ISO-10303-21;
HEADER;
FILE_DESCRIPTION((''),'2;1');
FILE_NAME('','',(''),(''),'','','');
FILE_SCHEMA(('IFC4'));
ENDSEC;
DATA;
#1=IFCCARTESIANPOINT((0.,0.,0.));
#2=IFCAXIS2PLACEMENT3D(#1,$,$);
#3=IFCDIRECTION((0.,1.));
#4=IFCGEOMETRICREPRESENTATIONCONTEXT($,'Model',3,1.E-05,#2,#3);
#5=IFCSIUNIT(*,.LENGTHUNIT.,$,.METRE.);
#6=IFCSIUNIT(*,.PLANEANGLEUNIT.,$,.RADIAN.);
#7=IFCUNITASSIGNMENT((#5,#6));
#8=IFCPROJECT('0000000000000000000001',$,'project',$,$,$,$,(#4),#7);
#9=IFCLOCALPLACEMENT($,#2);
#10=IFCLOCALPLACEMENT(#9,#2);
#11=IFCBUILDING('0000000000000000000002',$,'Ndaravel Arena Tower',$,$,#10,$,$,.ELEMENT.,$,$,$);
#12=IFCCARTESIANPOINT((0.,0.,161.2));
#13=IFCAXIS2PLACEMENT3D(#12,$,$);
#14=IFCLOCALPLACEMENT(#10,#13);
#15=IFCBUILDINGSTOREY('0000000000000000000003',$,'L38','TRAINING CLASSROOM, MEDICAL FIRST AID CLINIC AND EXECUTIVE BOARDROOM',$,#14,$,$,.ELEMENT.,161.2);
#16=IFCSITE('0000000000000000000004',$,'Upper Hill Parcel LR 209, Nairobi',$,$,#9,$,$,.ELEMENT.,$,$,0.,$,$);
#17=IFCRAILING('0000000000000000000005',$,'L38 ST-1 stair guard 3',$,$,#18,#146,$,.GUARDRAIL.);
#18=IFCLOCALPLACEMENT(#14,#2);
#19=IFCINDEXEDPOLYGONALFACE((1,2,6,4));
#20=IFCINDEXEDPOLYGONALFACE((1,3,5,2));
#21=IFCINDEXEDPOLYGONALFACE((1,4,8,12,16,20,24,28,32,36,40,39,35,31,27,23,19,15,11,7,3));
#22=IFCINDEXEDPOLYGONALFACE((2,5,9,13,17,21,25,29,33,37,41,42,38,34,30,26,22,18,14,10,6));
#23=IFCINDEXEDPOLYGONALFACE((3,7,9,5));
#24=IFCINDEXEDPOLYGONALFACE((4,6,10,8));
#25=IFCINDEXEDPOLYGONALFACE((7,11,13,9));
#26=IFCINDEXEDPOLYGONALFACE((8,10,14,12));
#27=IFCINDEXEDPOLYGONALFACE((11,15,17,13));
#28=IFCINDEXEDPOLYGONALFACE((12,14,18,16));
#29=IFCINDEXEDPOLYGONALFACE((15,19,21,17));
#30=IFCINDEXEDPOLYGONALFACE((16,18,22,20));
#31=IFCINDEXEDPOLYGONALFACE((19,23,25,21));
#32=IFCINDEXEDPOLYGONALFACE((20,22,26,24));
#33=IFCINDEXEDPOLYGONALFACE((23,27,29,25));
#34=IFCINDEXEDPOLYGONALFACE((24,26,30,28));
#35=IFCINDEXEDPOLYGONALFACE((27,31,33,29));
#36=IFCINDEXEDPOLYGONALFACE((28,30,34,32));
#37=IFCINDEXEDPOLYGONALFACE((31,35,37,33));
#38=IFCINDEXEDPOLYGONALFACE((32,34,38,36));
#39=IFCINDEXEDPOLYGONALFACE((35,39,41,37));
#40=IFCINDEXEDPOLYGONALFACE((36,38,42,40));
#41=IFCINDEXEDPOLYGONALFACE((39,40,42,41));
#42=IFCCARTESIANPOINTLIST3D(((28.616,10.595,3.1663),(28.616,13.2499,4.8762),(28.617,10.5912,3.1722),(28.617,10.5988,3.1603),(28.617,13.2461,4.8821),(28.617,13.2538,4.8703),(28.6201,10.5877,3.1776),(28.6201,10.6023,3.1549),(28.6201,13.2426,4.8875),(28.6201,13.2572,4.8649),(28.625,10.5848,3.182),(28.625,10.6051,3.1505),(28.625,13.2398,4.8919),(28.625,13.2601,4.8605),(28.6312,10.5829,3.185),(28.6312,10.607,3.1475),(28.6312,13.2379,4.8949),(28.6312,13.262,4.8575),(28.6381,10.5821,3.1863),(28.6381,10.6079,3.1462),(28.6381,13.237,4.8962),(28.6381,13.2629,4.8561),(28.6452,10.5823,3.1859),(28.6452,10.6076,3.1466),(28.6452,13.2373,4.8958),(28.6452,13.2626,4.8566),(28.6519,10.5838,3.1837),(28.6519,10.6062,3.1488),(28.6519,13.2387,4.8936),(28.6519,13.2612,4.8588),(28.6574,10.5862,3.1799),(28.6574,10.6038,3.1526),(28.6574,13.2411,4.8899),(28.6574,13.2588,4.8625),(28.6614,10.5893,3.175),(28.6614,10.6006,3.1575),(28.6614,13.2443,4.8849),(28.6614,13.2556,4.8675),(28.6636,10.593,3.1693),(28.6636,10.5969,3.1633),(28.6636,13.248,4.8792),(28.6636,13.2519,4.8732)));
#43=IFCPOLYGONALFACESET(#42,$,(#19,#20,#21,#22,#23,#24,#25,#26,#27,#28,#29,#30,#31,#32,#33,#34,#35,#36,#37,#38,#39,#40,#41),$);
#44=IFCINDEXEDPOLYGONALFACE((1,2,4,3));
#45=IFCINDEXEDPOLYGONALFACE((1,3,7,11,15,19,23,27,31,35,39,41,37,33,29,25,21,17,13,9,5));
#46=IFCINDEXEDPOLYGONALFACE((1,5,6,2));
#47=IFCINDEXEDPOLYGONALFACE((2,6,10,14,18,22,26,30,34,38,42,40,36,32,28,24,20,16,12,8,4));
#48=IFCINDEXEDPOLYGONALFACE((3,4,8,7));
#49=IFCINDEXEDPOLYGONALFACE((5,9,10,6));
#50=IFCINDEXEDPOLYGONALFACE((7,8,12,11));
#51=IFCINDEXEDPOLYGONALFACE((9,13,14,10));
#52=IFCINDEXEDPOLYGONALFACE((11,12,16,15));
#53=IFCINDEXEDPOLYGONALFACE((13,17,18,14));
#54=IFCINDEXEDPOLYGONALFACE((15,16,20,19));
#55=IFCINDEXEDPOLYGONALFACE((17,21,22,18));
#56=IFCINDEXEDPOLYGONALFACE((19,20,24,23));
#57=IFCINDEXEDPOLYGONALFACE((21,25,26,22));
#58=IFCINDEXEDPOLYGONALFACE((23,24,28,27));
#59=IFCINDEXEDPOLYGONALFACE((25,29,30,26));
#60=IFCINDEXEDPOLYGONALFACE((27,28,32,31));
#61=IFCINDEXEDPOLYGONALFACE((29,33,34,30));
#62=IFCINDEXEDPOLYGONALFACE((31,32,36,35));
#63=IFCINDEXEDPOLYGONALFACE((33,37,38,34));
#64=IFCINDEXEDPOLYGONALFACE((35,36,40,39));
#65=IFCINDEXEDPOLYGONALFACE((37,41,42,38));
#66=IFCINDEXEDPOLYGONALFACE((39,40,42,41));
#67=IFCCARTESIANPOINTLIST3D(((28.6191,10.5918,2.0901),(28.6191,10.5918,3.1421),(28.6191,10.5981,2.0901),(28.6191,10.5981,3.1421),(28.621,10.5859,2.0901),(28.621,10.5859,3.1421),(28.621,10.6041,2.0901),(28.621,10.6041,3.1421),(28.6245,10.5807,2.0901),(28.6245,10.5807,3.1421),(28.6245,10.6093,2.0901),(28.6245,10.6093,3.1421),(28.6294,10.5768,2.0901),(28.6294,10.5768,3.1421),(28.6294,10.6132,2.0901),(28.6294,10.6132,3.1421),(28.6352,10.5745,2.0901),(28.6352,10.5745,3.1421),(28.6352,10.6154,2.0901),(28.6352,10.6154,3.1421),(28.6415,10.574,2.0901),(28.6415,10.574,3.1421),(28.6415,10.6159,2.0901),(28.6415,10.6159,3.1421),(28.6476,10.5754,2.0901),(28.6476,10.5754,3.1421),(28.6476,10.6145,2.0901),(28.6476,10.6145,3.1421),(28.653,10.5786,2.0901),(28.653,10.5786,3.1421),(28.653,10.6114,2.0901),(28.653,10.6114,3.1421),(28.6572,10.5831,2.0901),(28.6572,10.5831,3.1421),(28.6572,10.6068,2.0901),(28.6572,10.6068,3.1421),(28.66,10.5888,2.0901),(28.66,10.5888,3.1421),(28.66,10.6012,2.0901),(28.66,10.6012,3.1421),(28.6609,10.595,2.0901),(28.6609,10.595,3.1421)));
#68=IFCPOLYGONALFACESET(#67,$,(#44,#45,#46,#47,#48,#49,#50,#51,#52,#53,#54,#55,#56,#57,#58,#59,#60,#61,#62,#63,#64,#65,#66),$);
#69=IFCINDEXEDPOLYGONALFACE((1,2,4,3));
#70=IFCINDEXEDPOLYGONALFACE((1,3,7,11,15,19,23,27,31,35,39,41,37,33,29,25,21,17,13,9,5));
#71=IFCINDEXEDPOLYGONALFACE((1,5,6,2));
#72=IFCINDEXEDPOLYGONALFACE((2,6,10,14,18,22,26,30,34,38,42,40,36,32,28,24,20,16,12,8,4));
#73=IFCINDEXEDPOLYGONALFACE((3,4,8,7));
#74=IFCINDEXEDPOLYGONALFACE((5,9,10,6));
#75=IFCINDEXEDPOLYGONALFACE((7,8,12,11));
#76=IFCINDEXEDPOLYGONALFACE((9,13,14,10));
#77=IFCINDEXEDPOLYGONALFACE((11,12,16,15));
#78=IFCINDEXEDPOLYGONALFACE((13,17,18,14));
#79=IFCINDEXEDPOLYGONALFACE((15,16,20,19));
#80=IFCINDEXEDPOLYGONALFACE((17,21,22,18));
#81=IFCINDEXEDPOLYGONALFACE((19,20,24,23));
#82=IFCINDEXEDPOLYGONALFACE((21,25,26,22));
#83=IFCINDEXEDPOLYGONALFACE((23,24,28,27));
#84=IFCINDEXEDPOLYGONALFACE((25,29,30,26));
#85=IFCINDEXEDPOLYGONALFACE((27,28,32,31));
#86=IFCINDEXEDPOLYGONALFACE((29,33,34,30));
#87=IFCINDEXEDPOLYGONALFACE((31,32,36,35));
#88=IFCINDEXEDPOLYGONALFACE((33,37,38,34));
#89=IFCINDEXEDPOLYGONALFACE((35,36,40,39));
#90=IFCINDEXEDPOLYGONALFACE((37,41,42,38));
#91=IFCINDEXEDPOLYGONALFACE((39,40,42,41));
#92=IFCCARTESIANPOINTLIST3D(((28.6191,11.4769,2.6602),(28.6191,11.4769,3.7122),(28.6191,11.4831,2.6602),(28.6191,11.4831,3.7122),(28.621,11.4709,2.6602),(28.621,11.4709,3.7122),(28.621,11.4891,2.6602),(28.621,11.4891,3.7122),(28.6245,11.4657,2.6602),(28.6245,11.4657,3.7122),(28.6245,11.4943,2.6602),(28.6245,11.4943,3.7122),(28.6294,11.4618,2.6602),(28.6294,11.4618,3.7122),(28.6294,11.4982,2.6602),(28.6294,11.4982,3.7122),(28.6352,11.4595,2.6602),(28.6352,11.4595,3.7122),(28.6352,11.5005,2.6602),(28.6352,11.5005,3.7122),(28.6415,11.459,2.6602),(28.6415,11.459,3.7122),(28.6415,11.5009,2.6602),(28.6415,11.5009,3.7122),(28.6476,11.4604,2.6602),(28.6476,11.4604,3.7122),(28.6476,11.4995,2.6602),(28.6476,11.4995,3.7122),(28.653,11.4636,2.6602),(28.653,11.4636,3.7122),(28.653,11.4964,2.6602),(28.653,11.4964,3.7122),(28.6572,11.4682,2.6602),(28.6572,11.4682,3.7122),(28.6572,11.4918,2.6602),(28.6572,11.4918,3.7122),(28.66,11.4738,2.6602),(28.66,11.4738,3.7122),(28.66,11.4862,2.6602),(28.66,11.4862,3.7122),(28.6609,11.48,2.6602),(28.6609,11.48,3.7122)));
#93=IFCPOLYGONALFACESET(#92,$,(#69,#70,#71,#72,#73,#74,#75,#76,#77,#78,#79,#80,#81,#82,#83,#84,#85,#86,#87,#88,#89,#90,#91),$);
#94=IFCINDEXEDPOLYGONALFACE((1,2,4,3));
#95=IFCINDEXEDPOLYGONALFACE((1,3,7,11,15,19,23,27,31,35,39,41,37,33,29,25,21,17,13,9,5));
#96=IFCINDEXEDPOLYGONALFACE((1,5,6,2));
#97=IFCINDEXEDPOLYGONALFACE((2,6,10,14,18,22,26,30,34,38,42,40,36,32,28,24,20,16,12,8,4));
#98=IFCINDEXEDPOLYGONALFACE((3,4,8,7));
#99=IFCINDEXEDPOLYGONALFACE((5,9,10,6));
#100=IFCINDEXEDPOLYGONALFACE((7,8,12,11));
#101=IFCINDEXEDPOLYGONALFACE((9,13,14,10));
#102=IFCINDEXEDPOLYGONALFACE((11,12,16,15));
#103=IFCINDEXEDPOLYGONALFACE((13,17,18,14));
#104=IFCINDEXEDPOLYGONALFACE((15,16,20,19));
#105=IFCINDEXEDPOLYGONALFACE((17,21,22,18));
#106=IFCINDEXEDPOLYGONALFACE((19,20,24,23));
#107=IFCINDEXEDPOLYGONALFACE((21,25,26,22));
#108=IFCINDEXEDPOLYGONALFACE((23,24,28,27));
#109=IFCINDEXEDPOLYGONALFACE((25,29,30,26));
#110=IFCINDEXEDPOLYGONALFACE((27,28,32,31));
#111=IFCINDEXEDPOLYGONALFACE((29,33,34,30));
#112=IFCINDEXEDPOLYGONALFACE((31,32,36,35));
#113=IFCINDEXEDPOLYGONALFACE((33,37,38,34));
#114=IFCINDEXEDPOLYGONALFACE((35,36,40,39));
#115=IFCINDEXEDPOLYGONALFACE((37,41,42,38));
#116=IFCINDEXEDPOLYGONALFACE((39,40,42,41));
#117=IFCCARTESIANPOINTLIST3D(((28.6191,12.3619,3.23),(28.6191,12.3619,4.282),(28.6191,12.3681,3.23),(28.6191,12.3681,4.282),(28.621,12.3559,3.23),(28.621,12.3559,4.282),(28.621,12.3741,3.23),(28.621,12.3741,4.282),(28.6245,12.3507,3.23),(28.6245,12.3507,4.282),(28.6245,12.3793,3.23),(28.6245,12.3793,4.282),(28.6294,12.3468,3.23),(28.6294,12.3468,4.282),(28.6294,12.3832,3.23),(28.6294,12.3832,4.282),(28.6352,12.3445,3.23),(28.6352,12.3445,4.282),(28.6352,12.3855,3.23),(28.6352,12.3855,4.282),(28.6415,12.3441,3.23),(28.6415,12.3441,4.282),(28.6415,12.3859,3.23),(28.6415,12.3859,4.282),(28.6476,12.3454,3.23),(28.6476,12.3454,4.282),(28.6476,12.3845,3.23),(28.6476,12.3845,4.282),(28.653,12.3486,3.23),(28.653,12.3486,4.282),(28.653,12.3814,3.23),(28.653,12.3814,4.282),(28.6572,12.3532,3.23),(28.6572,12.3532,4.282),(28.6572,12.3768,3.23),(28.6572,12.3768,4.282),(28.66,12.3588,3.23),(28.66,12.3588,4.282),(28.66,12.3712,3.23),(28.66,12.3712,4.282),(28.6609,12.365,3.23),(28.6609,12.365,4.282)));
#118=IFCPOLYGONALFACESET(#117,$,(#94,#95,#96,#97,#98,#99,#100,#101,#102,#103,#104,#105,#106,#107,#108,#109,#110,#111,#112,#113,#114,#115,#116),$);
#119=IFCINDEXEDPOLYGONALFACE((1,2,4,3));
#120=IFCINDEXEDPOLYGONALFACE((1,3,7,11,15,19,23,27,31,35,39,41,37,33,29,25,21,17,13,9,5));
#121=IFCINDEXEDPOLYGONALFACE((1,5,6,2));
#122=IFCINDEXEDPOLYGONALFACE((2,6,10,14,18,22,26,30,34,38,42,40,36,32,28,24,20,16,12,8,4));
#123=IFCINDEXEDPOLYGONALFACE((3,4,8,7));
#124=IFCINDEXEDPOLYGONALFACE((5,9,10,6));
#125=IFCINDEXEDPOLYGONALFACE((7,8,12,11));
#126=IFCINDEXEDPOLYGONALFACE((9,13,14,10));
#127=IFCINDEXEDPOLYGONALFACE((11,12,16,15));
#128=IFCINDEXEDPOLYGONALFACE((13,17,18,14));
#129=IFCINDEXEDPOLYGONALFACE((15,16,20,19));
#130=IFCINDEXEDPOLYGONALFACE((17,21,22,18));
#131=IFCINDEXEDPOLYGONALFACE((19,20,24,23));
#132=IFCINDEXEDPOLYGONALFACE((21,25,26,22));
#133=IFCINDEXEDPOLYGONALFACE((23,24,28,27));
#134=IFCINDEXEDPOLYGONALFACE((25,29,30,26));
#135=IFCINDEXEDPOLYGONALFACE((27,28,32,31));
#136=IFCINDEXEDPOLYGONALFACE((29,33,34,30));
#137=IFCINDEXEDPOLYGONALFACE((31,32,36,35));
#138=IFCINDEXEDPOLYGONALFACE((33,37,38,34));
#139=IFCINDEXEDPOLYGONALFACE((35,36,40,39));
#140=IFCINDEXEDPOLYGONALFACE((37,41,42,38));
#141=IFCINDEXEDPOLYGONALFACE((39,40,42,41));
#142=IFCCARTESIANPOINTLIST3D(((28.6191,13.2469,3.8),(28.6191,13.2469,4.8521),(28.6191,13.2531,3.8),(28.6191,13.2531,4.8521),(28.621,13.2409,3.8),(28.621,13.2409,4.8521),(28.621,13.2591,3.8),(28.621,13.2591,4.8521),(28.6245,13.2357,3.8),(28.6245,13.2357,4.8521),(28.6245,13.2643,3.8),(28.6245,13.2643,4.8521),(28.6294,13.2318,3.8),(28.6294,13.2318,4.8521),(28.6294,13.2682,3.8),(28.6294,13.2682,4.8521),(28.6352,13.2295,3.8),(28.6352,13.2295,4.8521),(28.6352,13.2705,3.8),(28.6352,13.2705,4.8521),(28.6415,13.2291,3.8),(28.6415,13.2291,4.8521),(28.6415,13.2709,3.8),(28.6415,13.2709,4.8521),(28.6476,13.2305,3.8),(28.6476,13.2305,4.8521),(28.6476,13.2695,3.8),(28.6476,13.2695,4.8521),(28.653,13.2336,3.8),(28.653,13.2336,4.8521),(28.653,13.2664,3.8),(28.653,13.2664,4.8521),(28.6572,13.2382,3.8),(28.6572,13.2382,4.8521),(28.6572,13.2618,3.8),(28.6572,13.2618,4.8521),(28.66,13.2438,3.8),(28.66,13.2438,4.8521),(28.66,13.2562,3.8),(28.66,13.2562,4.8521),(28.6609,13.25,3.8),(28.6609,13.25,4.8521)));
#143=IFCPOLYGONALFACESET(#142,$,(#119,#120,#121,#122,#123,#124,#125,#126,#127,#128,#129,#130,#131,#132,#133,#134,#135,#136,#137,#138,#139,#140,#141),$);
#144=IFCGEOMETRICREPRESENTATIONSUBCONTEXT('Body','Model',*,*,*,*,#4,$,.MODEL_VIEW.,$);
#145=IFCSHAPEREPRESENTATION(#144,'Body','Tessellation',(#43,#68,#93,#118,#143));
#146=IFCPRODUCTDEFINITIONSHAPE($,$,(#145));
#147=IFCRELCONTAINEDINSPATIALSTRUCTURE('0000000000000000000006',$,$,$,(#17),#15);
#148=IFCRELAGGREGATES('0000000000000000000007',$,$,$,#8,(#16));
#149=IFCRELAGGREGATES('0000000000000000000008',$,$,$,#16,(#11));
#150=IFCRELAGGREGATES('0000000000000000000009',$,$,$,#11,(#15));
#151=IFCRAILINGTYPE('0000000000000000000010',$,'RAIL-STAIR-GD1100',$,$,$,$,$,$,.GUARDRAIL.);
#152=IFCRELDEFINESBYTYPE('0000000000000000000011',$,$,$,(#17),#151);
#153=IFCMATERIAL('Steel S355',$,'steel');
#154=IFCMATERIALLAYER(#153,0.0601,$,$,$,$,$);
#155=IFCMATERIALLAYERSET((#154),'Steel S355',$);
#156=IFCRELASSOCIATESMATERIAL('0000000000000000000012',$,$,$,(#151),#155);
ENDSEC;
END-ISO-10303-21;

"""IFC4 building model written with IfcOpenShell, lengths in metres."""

from ifc_helpers import new_model, si_unit, direction, frame, origin, origin_2d, place, context, subcontext, project, spatial, circle, extrude, material, layer, layer_set, type_object, element, save


model = new_model("IFC4")

# Units and contexts
model_context = context("Model", 3, precision=1e-05, world=origin(), true_north=direction((0.0, 1.0)))
body_context = subcontext(model_context, "Body", "Model", "MODEL_VIEW")
ifc_project = project(units=[si_unit("LENGTHUNIT", "METRE"), si_unit("PLANEANGLEUNIT", "RADIAN")], contexts=[model_context])

# Site, building, storey
site_placement = place(None, origin())
site = spatial("IfcSite", under=ifc_project, at=site_placement, Name="Upper Hill Parcel LR 209, Nairobi", CompositionType="ELEMENT", RefElevation=0.0)
building_placement = place(site_placement, origin())
building = spatial("IfcBuilding", under=site, at=building_placement, Name="Ndaravel Arena Tower", CompositionType="ELEMENT")
storey_placement = place(building_placement, frame((0.0, 0.0, 161.2)))
storey = spatial("IfcBuildingStorey", under=building, at=storey_placement, Name="L38", Description="TRAINING CLASSROOM, MEDICAL FIRST AID CLINIC AND EXECUTIVE BOARDROOM", CompositionType="ELEMENT", Elevation=161.2)

# Railing
ifc_material_1 = material(Name="Steel S355", Category="steel")
ifc_layer_1 = layer(ifc_material_1, 0.0601)
ifc_layer_set_1 = layer_set([ifc_layer_1], Name="Steel S355")
railing_type_1 = type_object("IfcRailingType", Name="RAIL-STAIR-GD1100", PredefinedType="GUARDRAIL", material=ifc_layer_set_1)
railing_1_placement = place(storey_placement, frame((28.6399, 10.595, 2.0901)))
element("IfcRailing", 1, at=railing_1_placement, inside=storey, type_object=railing_type_1, Name="L38 ST-1 stair guard 3", PredefinedType="GUARDRAIL", context=body_context, shape_type="SweptSolid", body=[
    extrude(circle(Radius=0.0239, at=origin_2d()), frame((0.0, 0.0, 1.0762), z_axis=(0.0, 0.840724, 0.541465), x_axis=(-1.0, 0.0, 0.0)), (0.0, 0.0, 1.0), 3.158),
    extrude(circle(Radius=0.021, at=origin_2d()), origin(), (0.0, 0.0, 1.0), 1.052),
    extrude(circle(Radius=0.021, at=origin_2d()), frame((0.0, 0.885, 0.5701)), (0.0, 0.0, 1.0), 1.052),
    extrude(circle(Radius=0.021, at=origin_2d()), frame((0.0, 1.77, 1.1399)), (0.0, 0.0, 1.0), 1.052),
    extrude(circle(Radius=0.021, at=origin_2d()), frame((0.0, 2.655, 1.71)), (0.0, 0.0, 1.0), 1.052),
])

save(model, "model.ifc")
